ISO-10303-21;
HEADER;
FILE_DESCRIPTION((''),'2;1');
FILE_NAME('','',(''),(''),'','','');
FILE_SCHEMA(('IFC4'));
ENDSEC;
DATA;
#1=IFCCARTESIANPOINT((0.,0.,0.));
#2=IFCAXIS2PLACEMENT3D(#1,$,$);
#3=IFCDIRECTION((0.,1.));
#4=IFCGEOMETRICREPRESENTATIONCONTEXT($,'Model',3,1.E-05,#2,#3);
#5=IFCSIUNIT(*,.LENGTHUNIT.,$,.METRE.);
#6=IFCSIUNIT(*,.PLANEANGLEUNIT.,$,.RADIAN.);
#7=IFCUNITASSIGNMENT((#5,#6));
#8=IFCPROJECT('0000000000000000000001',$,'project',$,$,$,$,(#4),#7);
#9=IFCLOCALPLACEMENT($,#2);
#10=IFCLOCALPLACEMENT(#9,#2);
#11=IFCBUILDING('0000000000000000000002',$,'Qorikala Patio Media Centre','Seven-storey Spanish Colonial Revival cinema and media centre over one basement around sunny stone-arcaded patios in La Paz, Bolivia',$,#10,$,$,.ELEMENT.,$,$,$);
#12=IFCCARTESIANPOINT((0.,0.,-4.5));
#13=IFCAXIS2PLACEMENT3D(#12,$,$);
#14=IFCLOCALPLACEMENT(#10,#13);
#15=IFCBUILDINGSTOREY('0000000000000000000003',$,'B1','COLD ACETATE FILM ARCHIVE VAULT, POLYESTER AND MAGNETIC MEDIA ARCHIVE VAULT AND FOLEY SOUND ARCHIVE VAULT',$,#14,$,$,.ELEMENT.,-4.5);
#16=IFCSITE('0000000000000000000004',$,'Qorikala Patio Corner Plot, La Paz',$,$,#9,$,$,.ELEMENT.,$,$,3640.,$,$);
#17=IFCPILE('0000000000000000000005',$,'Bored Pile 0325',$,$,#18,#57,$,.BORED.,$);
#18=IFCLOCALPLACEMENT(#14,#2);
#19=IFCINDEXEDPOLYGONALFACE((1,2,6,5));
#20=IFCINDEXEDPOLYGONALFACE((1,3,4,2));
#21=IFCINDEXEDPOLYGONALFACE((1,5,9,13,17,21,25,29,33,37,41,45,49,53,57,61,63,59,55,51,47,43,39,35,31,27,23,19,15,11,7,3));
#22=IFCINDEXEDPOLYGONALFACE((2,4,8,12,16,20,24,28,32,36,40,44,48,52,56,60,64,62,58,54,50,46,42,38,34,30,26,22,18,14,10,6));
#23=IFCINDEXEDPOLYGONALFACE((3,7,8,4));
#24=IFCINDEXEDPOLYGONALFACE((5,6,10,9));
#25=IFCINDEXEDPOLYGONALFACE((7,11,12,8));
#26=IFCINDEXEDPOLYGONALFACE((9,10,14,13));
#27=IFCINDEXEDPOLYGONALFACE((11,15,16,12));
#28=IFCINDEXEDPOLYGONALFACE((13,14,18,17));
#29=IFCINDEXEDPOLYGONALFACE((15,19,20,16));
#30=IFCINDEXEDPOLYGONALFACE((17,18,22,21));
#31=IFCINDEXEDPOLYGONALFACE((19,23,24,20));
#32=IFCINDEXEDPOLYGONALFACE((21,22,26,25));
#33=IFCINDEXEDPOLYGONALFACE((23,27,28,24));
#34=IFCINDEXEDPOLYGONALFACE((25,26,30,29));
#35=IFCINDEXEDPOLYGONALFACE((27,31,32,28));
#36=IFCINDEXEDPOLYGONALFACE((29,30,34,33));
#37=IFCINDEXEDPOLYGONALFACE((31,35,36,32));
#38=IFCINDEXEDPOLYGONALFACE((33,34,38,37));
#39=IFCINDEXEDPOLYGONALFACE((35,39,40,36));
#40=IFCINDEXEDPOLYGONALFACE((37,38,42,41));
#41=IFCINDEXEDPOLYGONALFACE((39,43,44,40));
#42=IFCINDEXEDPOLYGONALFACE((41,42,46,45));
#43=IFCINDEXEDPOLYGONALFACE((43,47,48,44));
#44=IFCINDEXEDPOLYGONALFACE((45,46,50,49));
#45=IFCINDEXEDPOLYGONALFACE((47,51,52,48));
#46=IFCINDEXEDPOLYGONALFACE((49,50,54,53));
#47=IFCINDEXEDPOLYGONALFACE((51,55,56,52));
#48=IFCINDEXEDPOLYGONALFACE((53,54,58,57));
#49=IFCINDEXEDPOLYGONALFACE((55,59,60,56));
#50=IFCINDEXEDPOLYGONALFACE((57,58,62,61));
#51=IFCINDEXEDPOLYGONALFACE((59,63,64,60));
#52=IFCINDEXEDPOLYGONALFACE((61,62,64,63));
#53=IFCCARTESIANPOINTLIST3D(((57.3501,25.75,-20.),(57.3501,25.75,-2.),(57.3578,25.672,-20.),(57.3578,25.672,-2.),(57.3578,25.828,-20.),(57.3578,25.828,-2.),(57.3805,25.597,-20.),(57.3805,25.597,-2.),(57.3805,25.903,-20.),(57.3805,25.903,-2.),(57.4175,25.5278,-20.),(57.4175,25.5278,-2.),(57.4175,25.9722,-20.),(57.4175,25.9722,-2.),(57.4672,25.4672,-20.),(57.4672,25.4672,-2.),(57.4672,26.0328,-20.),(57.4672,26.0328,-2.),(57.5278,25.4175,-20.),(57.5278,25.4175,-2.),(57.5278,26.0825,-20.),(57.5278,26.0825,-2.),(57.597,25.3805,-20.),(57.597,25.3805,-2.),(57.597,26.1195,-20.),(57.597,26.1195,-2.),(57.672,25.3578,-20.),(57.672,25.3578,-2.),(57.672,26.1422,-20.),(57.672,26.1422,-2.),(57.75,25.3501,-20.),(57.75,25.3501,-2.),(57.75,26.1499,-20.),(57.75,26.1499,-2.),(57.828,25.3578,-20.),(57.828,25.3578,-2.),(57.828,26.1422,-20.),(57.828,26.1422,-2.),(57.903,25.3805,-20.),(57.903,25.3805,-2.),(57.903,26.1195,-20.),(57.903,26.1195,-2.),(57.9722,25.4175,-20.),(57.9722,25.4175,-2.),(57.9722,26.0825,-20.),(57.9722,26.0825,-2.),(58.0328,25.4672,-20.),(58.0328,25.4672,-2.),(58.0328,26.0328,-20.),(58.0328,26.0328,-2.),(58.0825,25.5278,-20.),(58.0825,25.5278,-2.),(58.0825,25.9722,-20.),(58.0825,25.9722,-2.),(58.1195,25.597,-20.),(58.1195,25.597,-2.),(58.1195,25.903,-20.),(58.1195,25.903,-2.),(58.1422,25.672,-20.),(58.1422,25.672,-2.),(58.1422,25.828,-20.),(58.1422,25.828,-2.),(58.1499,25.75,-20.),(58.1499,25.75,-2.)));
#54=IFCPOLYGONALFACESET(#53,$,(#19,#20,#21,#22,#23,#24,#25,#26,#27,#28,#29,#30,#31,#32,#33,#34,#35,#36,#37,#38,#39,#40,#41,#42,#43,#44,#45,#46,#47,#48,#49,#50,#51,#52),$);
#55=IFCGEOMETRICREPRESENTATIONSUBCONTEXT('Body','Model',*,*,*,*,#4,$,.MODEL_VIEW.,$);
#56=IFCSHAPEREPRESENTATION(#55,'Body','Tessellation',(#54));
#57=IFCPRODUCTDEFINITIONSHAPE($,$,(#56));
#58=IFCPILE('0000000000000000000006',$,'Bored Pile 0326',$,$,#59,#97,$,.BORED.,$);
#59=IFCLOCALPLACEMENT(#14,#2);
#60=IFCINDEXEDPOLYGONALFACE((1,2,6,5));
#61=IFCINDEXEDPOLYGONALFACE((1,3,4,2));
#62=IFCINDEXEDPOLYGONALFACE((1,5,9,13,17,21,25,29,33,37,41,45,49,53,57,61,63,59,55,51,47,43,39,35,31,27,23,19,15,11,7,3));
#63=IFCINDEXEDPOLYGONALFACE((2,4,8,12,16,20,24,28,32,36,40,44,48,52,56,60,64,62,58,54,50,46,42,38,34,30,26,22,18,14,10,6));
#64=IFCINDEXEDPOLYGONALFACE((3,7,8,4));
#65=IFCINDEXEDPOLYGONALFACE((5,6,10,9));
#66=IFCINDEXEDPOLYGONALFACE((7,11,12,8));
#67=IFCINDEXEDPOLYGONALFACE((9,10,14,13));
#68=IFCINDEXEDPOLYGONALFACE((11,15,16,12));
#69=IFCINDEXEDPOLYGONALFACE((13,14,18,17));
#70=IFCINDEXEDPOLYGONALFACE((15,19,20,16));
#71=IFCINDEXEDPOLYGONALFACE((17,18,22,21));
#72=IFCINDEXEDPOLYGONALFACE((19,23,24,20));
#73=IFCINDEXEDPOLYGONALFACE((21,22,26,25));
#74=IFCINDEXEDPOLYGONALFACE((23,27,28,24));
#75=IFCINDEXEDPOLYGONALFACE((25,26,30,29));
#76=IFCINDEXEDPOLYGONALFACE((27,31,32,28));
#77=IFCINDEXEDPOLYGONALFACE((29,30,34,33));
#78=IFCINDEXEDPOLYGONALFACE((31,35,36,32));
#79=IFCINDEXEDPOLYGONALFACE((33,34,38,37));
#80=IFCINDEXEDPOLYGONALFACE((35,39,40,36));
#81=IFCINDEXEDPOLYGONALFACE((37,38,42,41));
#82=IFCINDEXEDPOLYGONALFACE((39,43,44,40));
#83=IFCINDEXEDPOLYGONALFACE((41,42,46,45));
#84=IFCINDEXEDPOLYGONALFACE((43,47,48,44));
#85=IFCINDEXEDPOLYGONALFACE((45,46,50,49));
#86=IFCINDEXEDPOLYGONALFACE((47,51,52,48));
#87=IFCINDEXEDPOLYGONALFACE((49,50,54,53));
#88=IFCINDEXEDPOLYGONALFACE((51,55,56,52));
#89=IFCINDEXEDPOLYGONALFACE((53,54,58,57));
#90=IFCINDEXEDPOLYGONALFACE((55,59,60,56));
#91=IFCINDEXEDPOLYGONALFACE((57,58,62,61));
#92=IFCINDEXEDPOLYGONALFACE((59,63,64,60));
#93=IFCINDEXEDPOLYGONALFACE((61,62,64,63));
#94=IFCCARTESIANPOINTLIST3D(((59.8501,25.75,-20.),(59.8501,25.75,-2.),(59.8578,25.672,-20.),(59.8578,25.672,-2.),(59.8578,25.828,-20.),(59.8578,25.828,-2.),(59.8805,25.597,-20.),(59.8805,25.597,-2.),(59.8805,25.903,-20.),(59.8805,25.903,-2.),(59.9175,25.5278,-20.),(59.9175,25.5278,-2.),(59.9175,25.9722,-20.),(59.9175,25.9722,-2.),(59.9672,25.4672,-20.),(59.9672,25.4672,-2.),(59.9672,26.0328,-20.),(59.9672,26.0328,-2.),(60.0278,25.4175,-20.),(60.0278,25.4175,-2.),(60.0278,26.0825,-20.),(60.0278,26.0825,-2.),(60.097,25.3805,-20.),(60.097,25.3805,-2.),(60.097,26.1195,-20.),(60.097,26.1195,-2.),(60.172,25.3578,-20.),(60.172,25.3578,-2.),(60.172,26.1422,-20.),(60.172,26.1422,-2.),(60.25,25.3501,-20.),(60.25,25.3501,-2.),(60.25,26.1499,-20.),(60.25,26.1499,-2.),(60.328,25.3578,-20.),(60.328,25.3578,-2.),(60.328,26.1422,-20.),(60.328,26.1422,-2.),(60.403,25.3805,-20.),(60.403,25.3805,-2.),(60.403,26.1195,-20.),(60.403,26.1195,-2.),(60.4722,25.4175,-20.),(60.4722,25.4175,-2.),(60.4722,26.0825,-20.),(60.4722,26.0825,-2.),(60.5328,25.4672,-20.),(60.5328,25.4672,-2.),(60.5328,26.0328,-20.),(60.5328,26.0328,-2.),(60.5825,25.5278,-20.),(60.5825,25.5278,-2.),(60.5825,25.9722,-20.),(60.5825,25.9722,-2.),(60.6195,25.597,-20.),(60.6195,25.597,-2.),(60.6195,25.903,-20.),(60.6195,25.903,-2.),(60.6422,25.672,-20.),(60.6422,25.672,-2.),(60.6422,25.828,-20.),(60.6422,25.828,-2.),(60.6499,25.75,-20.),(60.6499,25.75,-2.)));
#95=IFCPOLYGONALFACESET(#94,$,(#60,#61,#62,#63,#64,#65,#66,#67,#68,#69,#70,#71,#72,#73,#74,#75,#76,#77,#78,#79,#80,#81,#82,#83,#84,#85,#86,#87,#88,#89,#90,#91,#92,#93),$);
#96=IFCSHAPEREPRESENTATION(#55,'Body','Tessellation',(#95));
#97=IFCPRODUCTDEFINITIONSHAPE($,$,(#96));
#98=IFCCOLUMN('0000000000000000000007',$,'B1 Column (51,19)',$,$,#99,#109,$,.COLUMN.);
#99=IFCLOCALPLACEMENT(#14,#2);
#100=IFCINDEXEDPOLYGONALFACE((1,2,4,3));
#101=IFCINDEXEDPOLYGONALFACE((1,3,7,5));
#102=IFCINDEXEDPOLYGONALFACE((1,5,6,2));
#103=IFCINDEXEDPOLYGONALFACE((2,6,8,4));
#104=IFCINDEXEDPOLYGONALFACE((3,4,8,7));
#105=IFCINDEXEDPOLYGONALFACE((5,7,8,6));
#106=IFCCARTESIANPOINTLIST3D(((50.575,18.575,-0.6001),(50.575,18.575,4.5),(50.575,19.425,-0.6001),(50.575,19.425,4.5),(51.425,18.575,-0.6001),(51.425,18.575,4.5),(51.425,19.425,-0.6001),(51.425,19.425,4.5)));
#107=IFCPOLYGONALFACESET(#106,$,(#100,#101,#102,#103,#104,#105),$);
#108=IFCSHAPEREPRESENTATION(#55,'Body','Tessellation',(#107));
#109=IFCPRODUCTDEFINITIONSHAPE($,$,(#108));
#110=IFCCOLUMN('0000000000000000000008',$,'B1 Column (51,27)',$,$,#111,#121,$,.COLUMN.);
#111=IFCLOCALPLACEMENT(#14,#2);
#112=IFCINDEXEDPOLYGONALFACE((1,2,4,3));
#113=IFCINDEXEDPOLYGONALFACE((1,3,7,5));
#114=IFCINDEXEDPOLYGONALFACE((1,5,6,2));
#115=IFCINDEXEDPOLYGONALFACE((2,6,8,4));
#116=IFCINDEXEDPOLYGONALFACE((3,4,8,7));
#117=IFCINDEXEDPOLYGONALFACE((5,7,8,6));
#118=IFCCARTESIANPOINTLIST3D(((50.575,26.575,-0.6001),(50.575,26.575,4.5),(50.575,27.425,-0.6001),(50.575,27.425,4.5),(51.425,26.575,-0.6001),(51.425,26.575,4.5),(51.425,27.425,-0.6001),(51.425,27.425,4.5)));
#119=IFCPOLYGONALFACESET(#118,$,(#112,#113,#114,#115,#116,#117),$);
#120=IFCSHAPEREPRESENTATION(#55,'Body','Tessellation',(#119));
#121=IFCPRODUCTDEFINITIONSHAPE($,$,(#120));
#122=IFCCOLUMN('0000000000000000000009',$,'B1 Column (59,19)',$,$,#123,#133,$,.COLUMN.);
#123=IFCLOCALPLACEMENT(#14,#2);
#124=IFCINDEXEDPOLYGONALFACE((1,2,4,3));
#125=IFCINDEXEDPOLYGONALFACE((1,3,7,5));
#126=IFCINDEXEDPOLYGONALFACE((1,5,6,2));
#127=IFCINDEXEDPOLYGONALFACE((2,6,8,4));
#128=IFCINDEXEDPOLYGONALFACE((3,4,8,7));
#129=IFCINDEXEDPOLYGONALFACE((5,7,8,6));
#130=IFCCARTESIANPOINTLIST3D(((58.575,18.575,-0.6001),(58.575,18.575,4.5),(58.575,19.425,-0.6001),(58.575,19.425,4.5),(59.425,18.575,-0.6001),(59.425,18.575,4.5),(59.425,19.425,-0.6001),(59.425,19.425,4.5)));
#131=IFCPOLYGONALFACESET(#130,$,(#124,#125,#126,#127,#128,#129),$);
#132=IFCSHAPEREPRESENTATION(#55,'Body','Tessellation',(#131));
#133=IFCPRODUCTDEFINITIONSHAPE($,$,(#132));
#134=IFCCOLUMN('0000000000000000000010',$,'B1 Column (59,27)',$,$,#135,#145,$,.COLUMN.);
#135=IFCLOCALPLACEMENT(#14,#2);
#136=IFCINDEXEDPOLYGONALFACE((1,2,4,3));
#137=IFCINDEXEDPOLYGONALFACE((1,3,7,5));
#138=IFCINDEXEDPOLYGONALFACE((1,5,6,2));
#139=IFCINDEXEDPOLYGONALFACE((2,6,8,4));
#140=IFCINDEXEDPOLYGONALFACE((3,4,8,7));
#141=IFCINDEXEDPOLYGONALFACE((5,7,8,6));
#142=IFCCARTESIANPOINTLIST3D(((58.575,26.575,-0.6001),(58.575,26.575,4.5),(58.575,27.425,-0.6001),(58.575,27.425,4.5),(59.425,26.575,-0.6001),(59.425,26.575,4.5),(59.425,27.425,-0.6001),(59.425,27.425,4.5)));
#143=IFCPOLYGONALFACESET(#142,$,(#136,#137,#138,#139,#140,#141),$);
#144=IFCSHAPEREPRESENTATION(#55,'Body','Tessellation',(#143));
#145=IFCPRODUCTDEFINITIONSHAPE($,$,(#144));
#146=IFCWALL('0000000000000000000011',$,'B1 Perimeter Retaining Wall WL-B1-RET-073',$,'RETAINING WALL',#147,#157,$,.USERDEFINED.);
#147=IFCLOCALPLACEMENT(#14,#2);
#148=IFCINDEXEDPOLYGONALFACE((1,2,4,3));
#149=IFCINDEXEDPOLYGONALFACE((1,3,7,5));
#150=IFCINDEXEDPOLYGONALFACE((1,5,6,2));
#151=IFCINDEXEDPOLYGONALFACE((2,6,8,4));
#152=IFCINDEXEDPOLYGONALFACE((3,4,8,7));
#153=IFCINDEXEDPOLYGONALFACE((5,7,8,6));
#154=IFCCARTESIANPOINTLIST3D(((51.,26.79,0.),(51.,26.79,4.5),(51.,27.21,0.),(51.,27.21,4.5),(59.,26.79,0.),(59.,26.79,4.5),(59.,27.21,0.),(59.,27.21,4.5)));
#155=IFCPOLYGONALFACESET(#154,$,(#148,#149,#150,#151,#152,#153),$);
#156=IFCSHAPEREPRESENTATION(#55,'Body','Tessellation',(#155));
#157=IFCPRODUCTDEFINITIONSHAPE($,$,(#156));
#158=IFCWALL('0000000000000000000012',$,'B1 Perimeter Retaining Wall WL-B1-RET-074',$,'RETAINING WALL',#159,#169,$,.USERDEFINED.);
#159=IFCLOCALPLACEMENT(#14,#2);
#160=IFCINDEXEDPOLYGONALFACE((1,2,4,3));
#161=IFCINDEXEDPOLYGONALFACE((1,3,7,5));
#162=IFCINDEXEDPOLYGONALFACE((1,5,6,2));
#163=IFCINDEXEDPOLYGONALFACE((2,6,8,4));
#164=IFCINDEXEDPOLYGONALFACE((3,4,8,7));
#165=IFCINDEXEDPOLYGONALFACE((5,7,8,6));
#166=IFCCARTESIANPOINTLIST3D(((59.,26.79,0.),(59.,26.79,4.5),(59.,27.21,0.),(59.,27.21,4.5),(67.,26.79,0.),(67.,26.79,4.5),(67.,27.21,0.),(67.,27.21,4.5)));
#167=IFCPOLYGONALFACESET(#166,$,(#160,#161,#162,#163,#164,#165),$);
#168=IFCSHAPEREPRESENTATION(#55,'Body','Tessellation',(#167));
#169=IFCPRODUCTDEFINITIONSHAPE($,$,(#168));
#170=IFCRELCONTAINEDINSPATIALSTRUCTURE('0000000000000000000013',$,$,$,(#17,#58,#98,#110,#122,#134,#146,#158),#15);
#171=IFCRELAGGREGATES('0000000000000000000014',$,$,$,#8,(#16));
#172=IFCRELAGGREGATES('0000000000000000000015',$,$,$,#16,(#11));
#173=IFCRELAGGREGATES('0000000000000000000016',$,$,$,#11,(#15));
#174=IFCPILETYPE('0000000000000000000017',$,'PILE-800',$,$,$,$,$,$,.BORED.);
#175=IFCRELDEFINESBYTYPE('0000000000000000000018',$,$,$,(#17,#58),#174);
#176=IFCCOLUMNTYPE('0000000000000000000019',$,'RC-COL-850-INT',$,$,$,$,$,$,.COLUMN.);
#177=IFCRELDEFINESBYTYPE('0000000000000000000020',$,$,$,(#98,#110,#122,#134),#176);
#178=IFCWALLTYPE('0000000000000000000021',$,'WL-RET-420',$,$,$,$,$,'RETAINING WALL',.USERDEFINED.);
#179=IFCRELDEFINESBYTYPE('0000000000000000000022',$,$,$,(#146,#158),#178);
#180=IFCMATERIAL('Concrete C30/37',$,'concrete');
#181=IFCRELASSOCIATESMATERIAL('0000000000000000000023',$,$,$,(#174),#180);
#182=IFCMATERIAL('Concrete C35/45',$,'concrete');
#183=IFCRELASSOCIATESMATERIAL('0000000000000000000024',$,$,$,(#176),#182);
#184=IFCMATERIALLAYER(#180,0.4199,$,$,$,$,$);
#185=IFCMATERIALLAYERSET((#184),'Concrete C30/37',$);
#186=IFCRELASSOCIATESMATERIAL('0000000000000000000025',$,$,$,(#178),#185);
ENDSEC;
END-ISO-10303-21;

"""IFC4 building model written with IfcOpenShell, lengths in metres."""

from ifc_helpers import new_model, si_unit, direction, frame, frame_2d, origin, origin_2d, place, context, subcontext, project, spatial, rectangle, circle, extrude, material, layer, layer_set, material_profile, profile_set, type_object, element, save


model = new_model("IFC4")

# Units and contexts
model_context = context("Model", 3, precision=1e-05, world=origin(), true_north=direction((0.0, 1.0)))
body_context = subcontext(model_context, "Body", "Model", "MODEL_VIEW")
ifc_project = project(units=[si_unit("LENGTHUNIT", "METRE"), si_unit("PLANEANGLEUNIT", "RADIAN")], contexts=[model_context])

# Site, building, storey
site_placement = place(None, origin())
site = spatial("IfcSite", under=ifc_project, at=site_placement, Name="Qorikala Patio Corner Plot, La Paz", CompositionType="ELEMENT", RefElevation=3640.0)
building_placement = place(site_placement, origin())
building = spatial("IfcBuilding", under=site, at=building_placement, Name="Qorikala Patio Media Centre", Description="Seven-storey Spanish Colonial Revival cinema and media centre over one basement around sunny stone-arcaded patios in La Paz, Bolivia", CompositionType="ELEMENT")
storey_placement = place(building_placement, frame((0.0, 0.0, -4.5)))
storey = spatial("IfcBuildingStorey", under=building, at=storey_placement, Name="B1", Description="COLD ACETATE FILM ARCHIVE VAULT, POLYESTER AND MAGNETIC MEDIA ARCHIVE VAULT AND FOLEY SOUND ARCHIVE VAULT", CompositionType="ELEMENT", Elevation=-4.5)

# Shared definitions
ifc_material_1 = material(Name="Concrete C30/37", Category="concrete")

# Piles
ifc_material_profile_1 = material_profile(ifc_material_1, circle(Radius=0.3999, at=origin_2d()), Name="BORED PILE 800")
ifc_profile_set_1 = profile_set([ifc_material_profile_1], Name="Concrete C30/37")
pile_type_1 = type_object("IfcPileType", Name="PILE-800", PredefinedType="BORED", material=ifc_profile_set_1)
for number, where, z_axis, x_axis, name in (
    (1, (57.75, 25.75, -2.0), (0.0, 0.0, -1.0), (1.0, 0.0, 0.0), "Bored Pile 0325"),
    (2, (60.25, 25.75, -2.0), (0.0, 0.0, -1.0), (1.0, 0.0, 0.0), "Bored Pile 0326"),
):
    element("IfcPile", number, at=place(storey_placement, frame(where, z_axis=z_axis, x_axis=x_axis)), inside=storey, type_object=pile_type_1, Name=name, PredefinedType="BORED", context=body_context, shape_type="SweptSolid", body=[
        extrude(circle(Radius=0.3999, at=origin_2d()), origin(), (0.0, 0.0, 1.0), 18.0),
    ])

# Columns
ifc_material_2 = material(Name="Concrete C35/45", Category="concrete")
ifc_material_profile_2 = material_profile(ifc_material_2, rectangle(XDim=0.8501, YDim=0.8501, at=origin_2d()), Name="RC 850x850")
ifc_profile_set_2 = profile_set([ifc_material_profile_2], Name="Concrete C35/45")
column_type = type_object("IfcColumnType", Name="RC-COL-850-INT", PredefinedType="COLUMN", material=ifc_profile_set_2)
for number, where, z_axis, x_axis, name in (
    (3, (51.0, 19.0, -0.6001), (0.0, 0.0, 1.0), (1.0, 0.0, 0.0), "B1 Column (51,19)"),
    (4, (51.0, 27.0, -0.6001), (0.0, 0.0, 1.0), (1.0, 0.0, 0.0), "B1 Column (51,27)"),
    (5, (59.0, 19.0, -0.6001), (0.0, 0.0, 1.0), (1.0, 0.0, 0.0), "B1 Column (59,19)"),
    (6, (59.0, 27.0, -0.6001), (0.0, 0.0, 1.0), (1.0, 0.0, 0.0), "B1 Column (59,27)"),
):
    element("IfcColumn", number, at=place(storey_placement, frame(where, z_axis=z_axis, x_axis=x_axis)), inside=storey, type_object=column_type, Name=name, PredefinedType="COLUMN", context=body_context, shape_type="SweptSolid", body=[
        extrude(rectangle(XDim=0.8501, YDim=0.8501, at=origin_2d()), origin(), (0.0, 0.0, 1.0), 5.1001),
    ])

# Walls
ifc_layer_1 = layer(ifc_material_1, 0.4199)
ifc_layer_set_1 = layer_set([ifc_layer_1], Name="Concrete C30/37")
wall_type = type_object("IfcWallType", Name="WL-RET-420", ElementType="RETAINING WALL", PredefinedType="USERDEFINED", material=ifc_layer_set_1)
for number, where, z_axis, x_axis, name in (
    (7, (51.0, 27.0, 0.0), (0.0, 0.0, 1.0), (1.0, 0.0, 0.0), "B1 Perimeter Retaining Wall WL-B1-RET-073"),
    (8, (59.0, 27.0, 0.0), (0.0, 0.0, 1.0), (1.0, 0.0, 0.0), "B1 Perimeter Retaining Wall WL-B1-RET-074"),
):
    element("IfcWall", number, at=place(storey_placement, frame(where, z_axis=z_axis, x_axis=x_axis)), inside=storey, type_object=wall_type, Name=name, ObjectType="RETAINING WALL", PredefinedType="USERDEFINED", context=body_context, shape_type="SweptSolid", body=[
        extrude(rectangle(XDim=8.0, YDim=0.4199, at=frame_2d((4.0, 0.0))), origin(), (0.0, 0.0, 1.0), 4.5),
    ])

save(model, "model.ifc")
